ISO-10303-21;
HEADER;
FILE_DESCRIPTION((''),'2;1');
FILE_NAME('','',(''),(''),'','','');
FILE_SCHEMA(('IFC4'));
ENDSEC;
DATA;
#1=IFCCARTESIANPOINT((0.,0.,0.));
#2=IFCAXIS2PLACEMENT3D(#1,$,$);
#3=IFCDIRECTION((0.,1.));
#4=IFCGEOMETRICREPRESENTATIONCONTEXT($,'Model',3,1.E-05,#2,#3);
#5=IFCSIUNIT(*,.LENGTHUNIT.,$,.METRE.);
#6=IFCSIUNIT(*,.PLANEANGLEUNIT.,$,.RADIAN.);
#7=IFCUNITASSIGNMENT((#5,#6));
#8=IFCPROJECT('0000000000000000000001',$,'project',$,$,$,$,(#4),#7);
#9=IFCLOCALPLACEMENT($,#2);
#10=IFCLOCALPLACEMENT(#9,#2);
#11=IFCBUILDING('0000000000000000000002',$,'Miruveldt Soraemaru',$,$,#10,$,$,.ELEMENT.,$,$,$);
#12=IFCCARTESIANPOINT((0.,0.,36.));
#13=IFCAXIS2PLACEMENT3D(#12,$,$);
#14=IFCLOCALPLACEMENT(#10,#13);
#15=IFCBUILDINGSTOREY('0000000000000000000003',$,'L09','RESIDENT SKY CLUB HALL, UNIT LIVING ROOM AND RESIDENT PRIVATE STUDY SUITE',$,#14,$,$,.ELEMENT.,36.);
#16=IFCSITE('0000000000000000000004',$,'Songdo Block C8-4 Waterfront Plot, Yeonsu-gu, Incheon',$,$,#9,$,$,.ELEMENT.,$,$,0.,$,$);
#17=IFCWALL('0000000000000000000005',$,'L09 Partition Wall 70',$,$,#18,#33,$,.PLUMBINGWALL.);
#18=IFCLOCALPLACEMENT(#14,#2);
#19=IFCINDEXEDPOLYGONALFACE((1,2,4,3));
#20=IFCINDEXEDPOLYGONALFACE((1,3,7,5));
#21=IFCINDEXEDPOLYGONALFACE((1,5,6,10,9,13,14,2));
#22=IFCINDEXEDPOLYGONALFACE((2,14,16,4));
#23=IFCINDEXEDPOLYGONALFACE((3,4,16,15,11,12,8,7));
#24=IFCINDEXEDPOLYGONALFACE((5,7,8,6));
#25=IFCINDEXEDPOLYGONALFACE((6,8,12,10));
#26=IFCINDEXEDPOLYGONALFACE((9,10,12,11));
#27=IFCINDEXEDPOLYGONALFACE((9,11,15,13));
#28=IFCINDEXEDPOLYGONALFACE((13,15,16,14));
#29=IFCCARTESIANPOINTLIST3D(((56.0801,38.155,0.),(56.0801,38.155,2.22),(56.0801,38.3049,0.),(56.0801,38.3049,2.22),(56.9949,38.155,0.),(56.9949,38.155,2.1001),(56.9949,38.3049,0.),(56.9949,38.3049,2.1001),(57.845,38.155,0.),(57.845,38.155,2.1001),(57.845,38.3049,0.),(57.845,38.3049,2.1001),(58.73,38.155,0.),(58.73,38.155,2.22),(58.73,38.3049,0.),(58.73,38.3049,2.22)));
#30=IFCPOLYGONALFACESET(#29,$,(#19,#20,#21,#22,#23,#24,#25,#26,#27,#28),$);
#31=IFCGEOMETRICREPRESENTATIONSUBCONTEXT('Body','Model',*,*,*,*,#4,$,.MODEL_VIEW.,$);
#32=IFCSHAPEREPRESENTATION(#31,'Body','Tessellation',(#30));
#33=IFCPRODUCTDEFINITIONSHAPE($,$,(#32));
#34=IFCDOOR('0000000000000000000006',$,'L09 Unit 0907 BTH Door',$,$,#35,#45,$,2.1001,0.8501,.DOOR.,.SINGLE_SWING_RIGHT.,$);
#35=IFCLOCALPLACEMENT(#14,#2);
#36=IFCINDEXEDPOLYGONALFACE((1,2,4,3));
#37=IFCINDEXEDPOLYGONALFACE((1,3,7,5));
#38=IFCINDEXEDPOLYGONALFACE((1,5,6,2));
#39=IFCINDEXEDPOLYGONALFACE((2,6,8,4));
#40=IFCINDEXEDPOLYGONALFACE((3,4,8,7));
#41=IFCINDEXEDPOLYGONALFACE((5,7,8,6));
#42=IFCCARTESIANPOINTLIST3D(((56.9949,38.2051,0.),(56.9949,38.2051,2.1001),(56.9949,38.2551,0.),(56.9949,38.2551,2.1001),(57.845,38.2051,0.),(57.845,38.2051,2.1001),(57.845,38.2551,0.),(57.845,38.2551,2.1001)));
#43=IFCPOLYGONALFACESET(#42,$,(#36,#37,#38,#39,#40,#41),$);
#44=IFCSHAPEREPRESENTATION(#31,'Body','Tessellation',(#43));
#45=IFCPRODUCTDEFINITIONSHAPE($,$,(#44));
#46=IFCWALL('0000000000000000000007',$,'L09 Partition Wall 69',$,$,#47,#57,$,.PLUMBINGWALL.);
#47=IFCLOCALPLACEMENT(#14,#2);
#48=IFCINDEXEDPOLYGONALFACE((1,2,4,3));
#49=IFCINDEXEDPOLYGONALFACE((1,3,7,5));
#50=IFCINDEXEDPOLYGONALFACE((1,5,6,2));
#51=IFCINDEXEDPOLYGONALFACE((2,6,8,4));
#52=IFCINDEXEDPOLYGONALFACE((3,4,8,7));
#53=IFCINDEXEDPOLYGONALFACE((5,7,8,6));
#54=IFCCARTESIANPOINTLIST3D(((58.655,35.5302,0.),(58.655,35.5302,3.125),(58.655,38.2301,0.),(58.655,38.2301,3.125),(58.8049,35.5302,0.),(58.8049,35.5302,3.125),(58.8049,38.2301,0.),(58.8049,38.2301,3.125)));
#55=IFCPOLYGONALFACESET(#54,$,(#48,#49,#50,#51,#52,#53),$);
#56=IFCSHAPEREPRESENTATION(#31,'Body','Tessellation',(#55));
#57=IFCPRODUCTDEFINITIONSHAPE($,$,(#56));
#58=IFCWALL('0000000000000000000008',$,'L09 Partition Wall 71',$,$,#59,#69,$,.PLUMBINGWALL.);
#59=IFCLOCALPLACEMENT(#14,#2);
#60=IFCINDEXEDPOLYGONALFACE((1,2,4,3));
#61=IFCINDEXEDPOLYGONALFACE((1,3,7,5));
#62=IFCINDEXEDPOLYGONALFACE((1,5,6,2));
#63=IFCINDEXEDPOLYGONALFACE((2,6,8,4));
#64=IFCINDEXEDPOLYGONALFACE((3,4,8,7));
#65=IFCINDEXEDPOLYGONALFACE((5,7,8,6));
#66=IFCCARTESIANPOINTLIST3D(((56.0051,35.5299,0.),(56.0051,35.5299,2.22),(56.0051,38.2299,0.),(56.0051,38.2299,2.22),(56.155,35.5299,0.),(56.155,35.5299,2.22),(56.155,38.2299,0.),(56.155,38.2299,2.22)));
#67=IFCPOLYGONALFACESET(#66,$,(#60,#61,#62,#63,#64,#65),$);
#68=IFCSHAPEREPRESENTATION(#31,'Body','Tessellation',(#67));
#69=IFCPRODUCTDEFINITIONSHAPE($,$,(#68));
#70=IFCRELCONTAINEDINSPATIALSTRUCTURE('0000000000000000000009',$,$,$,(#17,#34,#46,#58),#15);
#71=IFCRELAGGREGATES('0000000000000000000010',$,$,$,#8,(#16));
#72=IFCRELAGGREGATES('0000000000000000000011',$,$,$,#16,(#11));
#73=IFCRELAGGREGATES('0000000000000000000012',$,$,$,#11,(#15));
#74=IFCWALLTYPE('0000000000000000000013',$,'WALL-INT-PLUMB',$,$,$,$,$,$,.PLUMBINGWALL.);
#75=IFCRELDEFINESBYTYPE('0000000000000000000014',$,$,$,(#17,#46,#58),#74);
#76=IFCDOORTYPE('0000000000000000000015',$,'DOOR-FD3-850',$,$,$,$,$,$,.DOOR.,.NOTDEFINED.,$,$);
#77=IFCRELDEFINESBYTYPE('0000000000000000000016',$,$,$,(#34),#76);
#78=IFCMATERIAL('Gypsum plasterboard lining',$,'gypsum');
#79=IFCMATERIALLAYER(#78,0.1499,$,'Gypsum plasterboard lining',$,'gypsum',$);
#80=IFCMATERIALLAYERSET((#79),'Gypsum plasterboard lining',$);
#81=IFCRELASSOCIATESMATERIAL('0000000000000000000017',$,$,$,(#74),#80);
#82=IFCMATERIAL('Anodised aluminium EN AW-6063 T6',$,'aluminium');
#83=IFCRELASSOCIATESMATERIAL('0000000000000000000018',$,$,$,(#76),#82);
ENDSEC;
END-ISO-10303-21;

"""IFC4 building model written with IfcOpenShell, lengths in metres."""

from ifc_helpers import new_model, si_unit, direction, frame, frame_2d, origin, place, context, subcontext, project, spatial, rectangle, extrude, material, layer, layer_set, type_object, element, fill, save


model = new_model("IFC4")

# Units and contexts
model_context = context("Model", 3, precision=1e-05, world=origin(), true_north=direction((0.0, 1.0)))
body_context = subcontext(model_context, "Body", "Model", "MODEL_VIEW")
ifc_project = project(units=[si_unit("LENGTHUNIT", "METRE"), si_unit("PLANEANGLEUNIT", "RADIAN")], contexts=[model_context])

# Site, building, storey
site_placement = place(None, origin())
site = spatial("IfcSite", under=ifc_project, at=site_placement, Name="Songdo Block C8-4 Waterfront Plot, Yeonsu-gu, Incheon", CompositionType="ELEMENT", RefElevation=0.0)
building_placement = place(site_placement, origin())
building = spatial("IfcBuilding", under=site, at=building_placement, Name="Miruveldt Soraemaru", CompositionType="ELEMENT")
storey_placement = place(building_placement, frame((0.0, 0.0, 36.0)))
storey = spatial("IfcBuildingStorey", under=building, at=storey_placement, Name="L09", Description="RESIDENT SKY CLUB HALL, UNIT LIVING ROOM AND RESIDENT PRIVATE STUDY SUITE", CompositionType="ELEMENT", Elevation=36.0)

# Shared definitions
ifc_material_1 = material(Name="Anodised aluminium EN AW-6063 T6", Category="aluminium")

# Shared definitions
ifc_material_2 = material(Name="Gypsum plasterboard lining", Category="gypsum")

# Wall, opening, door
ifc_layer_1 = layer(ifc_material_2, 0.1499, Name="Gypsum plasterboard lining", Category="gypsum")
ifc_layer_set_1 = layer_set([ifc_layer_1], Name="Gypsum plasterboard lining")
wall_type_1 = type_object("IfcWallType", Name="WALL-INT-PLUMB", PredefinedType="PLUMBINGWALL", material=ifc_layer_set_1)
wall_1_placement = place(storey_placement, frame((58.73, 38.23, 0.0), z_axis=(0.0, 0.0, 1.0), x_axis=(-1.0, 0.0, 0.0)))
wall_1 = element("IfcWall", 1, at=wall_1_placement, inside=storey, type_object=wall_type_1, Name="L09 Partition Wall 70", PredefinedType="PLUMBINGWALL", context=body_context, shape_type="SweptSolid", body=[
    extrude(rectangle(XDim=2.6499, YDim=0.1499, at=frame_2d((1.325, 0.0))), origin(), (0.0, 0.0, 1.0), 2.22),
])
opening_1_placement = place(wall_1_placement, frame((0.885, 0.0, 0.0)))
opening_1 = element("IfcOpeningElement", 2, at=opening_1_placement, cuts=wall_1, PredefinedType="OPENING", context=body_context, shape_type="SweptSolid", body=[
    extrude(rectangle(XDim=0.8501, YDim=2.1001, at=frame_2d((0.425, 1.05))), frame((0.0, 0.085, 0.0), z_axis=(0.0, -1.0, 0.0), x_axis=(1.0, 0.0, 0.0)), (0.0, 0.0, 1.0), 0.1699),
])
door_type_1 = type_object("IfcDoorType", Name="DOOR-FD3-850", OperationType="NOTDEFINED", PredefinedType="DOOR", material=ifc_material_1)
door_1_placement = place(opening_1_placement, origin())
door_1 = element("IfcDoor", 3, at=door_1_placement, inside=storey, type_object=door_type_1, Name="L09 Unit 0907 BTH Door", OperationType="SINGLE_SWING_RIGHT", OverallHeight=2.1001, OverallWidth=0.8501, PredefinedType="DOOR", context=body_context, shape_type="SweptSolid", body=[
    extrude(rectangle(XDim=0.8501, YDim=2.1001, at=frame_2d((0.425, 1.05))), frame((0.0, 0.0249, 0.0), z_axis=(0.0, -1.0, 0.0), x_axis=(1.0, 0.0, 0.0)), (0.0, 0.0, 1.0), 0.05),
])
fill(opening_1, door_1)

# Walls
wall_2_placement = place(storey_placement, frame((58.73, 35.53, 0.0), z_axis=(0.0, 0.0, 1.0), x_axis=(0.0, 1.0, 0.0)))
element("IfcWall", 4, at=wall_2_placement, inside=storey, type_object=wall_type_1, Name="L09 Partition Wall 69", PredefinedType="PLUMBINGWALL", context=body_context, shape_type="SweptSolid", body=[
    extrude(rectangle(XDim=2.7, YDim=0.1499, at=frame_2d((1.3501, 0.0))), origin(), (0.0, 0.0, 1.0), 3.125),
])
wall_3_placement = place(storey_placement, frame((56.0801, 38.23, 0.0), z_axis=(0.0, 0.0, 1.0), x_axis=(0.0, -1.0, 0.0)))
element("IfcWall", 5, at=wall_3_placement, inside=storey, type_object=wall_type_1, Name="L09 Partition Wall 71", PredefinedType="PLUMBINGWALL", context=body_context, shape_type="SweptSolid", body=[
    extrude(rectangle(XDim=2.7, YDim=0.1499, at=frame_2d((1.3501, 0.0))), origin(), (0.0, 0.0, 1.0), 2.22),
])

save(model, "model.ifc")
